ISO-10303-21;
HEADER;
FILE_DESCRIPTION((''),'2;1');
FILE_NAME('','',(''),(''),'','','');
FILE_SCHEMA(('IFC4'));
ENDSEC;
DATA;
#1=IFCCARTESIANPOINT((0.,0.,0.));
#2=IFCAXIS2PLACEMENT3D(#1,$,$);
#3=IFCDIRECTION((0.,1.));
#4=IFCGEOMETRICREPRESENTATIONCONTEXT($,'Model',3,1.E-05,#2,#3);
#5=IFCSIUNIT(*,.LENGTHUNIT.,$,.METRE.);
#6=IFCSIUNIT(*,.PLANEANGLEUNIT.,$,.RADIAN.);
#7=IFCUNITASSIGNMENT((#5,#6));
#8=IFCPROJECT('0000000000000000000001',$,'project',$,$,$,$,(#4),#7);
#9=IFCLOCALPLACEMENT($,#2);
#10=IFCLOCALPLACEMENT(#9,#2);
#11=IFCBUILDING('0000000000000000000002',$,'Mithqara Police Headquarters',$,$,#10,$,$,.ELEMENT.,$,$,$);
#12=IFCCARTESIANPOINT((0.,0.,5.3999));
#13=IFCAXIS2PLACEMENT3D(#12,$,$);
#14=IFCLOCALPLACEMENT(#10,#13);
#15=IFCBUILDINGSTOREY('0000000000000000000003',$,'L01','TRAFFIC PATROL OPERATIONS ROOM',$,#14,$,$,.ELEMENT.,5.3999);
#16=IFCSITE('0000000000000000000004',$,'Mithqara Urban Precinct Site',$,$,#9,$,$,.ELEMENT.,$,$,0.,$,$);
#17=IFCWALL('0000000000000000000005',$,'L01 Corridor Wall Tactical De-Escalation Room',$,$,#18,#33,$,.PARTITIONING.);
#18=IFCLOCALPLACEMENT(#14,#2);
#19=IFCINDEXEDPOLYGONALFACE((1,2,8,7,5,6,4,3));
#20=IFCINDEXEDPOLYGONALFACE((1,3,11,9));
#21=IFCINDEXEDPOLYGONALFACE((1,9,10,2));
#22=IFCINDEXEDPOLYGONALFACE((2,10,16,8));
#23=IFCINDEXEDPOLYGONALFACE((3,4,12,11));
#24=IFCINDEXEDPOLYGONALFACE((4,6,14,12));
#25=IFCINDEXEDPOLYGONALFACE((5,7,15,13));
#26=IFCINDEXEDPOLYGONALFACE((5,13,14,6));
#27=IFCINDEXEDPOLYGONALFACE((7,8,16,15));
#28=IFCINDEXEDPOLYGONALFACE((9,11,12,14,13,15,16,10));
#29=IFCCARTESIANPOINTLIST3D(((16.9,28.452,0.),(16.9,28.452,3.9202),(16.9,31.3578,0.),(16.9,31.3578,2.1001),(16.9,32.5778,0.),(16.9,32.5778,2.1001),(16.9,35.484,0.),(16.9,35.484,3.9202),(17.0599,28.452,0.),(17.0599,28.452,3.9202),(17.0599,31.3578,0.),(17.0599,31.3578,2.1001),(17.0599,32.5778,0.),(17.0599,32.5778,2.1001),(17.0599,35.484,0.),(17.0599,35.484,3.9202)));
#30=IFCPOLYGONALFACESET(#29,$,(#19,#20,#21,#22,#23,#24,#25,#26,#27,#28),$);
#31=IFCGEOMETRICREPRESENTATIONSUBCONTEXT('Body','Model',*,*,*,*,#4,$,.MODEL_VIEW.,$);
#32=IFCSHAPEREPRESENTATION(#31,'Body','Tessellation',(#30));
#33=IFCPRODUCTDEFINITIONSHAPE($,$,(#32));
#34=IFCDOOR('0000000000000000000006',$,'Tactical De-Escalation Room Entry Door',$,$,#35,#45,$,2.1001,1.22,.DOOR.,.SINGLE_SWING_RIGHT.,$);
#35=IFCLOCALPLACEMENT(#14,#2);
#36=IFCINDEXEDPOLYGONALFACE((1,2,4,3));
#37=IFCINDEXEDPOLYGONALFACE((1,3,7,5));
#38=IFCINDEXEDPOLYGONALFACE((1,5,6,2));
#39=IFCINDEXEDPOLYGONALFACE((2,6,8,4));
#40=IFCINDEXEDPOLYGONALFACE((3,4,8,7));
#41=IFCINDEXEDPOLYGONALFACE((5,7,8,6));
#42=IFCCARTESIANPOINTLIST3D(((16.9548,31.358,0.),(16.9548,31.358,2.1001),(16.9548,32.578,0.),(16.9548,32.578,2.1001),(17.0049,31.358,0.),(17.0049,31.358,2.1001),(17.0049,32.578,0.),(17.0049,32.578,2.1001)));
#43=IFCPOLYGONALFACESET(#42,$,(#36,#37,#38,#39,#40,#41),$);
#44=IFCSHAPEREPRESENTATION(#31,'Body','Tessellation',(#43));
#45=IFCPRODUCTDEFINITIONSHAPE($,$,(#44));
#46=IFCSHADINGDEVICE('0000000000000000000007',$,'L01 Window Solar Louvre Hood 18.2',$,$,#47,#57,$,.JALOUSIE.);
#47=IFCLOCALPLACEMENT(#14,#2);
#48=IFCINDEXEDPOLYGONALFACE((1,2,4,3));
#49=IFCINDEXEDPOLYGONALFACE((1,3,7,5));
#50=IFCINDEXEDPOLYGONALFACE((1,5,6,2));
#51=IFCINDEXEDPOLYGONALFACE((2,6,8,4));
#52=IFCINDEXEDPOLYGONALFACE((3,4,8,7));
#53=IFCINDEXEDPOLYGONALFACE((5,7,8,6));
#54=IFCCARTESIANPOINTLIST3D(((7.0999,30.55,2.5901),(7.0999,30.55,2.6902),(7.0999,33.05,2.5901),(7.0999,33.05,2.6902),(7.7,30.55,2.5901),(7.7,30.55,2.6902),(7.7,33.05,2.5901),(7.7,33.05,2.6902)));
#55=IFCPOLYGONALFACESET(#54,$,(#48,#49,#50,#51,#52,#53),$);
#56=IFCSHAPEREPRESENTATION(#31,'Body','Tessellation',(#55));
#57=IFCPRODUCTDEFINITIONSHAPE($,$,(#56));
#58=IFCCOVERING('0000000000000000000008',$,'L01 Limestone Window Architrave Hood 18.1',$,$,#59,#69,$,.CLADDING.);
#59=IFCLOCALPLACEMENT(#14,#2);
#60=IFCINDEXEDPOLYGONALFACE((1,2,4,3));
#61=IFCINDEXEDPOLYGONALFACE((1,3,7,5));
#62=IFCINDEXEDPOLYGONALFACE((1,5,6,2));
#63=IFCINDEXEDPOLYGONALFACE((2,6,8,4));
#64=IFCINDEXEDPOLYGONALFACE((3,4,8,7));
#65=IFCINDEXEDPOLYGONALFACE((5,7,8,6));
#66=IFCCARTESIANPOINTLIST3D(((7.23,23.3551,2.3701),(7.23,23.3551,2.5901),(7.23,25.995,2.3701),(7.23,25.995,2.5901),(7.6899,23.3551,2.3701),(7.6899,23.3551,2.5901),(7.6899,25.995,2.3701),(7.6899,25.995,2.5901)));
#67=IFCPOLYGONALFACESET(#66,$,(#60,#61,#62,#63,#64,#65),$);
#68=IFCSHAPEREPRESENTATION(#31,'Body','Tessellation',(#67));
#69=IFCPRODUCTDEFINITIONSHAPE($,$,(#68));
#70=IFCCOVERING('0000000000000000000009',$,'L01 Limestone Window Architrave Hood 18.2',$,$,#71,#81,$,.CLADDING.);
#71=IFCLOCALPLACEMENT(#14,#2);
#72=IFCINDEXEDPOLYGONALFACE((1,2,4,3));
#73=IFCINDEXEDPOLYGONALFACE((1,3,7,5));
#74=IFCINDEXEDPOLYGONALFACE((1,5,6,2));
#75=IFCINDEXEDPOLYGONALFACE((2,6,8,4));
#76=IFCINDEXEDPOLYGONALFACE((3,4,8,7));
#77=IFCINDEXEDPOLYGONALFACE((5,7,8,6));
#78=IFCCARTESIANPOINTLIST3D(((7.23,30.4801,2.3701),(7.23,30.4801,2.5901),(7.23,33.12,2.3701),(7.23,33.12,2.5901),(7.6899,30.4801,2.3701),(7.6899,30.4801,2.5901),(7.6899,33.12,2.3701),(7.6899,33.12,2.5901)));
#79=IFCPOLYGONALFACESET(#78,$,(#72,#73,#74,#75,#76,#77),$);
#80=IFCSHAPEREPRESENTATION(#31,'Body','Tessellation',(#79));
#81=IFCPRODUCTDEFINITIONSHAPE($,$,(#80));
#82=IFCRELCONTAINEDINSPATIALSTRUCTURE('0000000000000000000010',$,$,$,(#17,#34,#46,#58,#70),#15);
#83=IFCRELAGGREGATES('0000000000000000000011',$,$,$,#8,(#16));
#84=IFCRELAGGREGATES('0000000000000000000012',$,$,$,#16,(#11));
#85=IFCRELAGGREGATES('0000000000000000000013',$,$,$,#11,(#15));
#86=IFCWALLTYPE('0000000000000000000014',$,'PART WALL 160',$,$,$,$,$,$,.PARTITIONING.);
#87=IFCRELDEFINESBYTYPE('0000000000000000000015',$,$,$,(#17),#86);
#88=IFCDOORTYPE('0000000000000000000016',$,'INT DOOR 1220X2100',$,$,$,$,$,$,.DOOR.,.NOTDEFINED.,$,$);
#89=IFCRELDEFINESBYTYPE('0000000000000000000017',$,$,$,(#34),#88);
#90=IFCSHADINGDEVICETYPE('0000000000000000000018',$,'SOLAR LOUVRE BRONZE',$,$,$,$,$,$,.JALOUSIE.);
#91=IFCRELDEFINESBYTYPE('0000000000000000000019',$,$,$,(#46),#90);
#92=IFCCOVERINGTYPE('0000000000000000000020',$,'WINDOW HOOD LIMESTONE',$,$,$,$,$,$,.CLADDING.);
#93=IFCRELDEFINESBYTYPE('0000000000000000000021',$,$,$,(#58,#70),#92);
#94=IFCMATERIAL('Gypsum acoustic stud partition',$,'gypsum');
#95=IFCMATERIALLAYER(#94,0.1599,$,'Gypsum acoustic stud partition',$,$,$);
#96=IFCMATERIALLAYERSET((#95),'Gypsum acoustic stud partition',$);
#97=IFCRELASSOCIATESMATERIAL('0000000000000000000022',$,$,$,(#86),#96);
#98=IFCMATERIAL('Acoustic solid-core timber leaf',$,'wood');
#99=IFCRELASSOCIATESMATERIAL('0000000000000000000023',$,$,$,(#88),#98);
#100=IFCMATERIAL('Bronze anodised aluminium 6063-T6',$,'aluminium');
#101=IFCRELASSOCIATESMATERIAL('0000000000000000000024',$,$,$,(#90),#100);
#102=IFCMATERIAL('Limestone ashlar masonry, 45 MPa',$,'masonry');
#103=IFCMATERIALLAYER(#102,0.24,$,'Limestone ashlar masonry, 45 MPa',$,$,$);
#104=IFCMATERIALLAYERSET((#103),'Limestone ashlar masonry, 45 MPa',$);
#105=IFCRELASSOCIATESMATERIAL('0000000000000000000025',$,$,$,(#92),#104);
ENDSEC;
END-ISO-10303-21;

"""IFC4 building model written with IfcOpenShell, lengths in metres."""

from ifc_helpers import new_model, si_unit, direction, frame, frame_2d, origin, origin_2d, place, context, subcontext, project, spatial, rectangle, extrude, material, layer, layer_set, type_object, element, fill, save


model = new_model("IFC4")

# Units and contexts
model_context = context("Model", 3, precision=1e-05, world=origin(), true_north=direction((0.0, 1.0)))
body_context = subcontext(model_context, "Body", "Model", "MODEL_VIEW")
ifc_project = project(units=[si_unit("LENGTHUNIT", "METRE"), si_unit("PLANEANGLEUNIT", "RADIAN")], contexts=[model_context])

# Site, building, storey
site_placement = place(None, origin())
site = spatial("IfcSite", under=ifc_project, at=site_placement, Name="Mithqara Urban Precinct Site", CompositionType="ELEMENT", RefElevation=0.0)
building_placement = place(site_placement, origin())
building = spatial("IfcBuilding", under=site, at=building_placement, Name="Mithqara Police Headquarters", CompositionType="ELEMENT")
storey_placement = place(building_placement, frame((0.0, 0.0, 5.3999)))
storey = spatial("IfcBuildingStorey", under=building, at=storey_placement, Name="L01", Description="TRAFFIC PATROL OPERATIONS ROOM", CompositionType="ELEMENT", Elevation=5.3999)

# Shared definitions
ifc_material_1 = material(Name="Bronze anodised aluminium 6063-T6", Category="aluminium")

# Shared definitions
ifc_material_2 = material(Name="Limestone ashlar masonry, 45 MPa", Category="masonry")

# Shared definitions
ifc_material_3 = material(Name="Gypsum acoustic stud partition", Category="gypsum")
ifc_layer_1 = layer(ifc_material_3, 0.1599, Name="Gypsum acoustic stud partition")
ifc_layer_set_1 = layer_set([ifc_layer_1], Name="Gypsum acoustic stud partition")
wall_type_1 = type_object("IfcWallType", Name="PART WALL 160", PredefinedType="PARTITIONING", material=ifc_layer_set_1)
ifc_material_4 = material(Name="Acoustic solid-core timber leaf", Category="wood")

# Wall, opening, door
wall_1_placement = place(storey_placement, frame((16.98, 28.4519, 0.0), z_axis=(0.0, 0.0, 1.0), x_axis=(0.0, 1.0, 0.0)))
wall_1 = element("IfcWall", 1, at=wall_1_placement, inside=storey, type_object=wall_type_1, Name="L01 Corridor Wall Tactical De-Escalation Room", PredefinedType="PARTITIONING", context=body_context, shape_type="SweptSolid", body=[
    extrude(rectangle(XDim=7.032, YDim=0.1599, at=frame_2d((3.5161, 0.0))), origin(), (0.0, 0.0, 1.0), 3.9202),
])
opening_1_placement = place(wall_1_placement, frame((2.906, 0.0, 0.0)))
opening_1 = element("IfcOpeningElement", 2, at=opening_1_placement, cuts=wall_1, PredefinedType="OPENING", context=body_context, shape_type="SweptSolid", body=[
    extrude(rectangle(XDim=1.22, YDim=2.1001, at=frame_2d((0.6099, 1.05))), frame((0.0, 0.0898, 0.0), z_axis=(0.0, -1.0, 0.0), x_axis=(1.0, 0.0, 0.0)), (0.0, 0.0, 1.0), 0.1799),
])
door_type_1 = type_object("IfcDoorType", Name="INT DOOR 1220X2100", OperationType="NOTDEFINED", PredefinedType="DOOR", material=ifc_material_4)
door_1_placement = place(opening_1_placement, frame((1.22, 0.0, 0.0), z_axis=(0.0, 0.0, 1.0), x_axis=(-1.0, 0.0, 0.0)))
door_1 = element("IfcDoor", 3, at=door_1_placement, inside=storey, type_object=door_type_1, Name="Tactical De-Escalation Room Entry Door", OperationType="SINGLE_SWING_RIGHT", OverallHeight=2.1001, OverallWidth=1.22, PredefinedType="DOOR", context=body_context, shape_type="SweptSolid", body=[
    extrude(rectangle(XDim=1.22, YDim=2.1001, at=frame_2d((0.6099, 1.05))), frame((0.0, 0.0249, 0.0), z_axis=(0.0, -1.0, 0.0), x_axis=(1.0, 0.0, 0.0)), (0.0, 0.0, 1.0), 0.05),
])
fill(opening_1, door_1)

# Shading device
shading_device_type = type_object("IfcShadingDeviceType", Name="SOLAR LOUVRE BRONZE", PredefinedType="JALOUSIE", material=ifc_material_1)
shading_device_placement = place(storey_placement, frame((7.3999, 31.8, 2.5901), z_axis=(0.0, 0.0, 1.0), x_axis=(0.0, 1.0, 0.0)))
element("IfcShadingDevice", 4, at=shading_device_placement, inside=storey, type_object=shading_device_type, Name="L01 Window Solar Louvre Hood 18.2", PredefinedType="JALOUSIE", context=body_context, shape_type="SweptSolid", body=[
    extrude(rectangle(XDim=2.5, YDim=0.6001, at=origin_2d()), origin(), (0.0, 0.0, 1.0), 0.1001),
])

# Coverings
ifc_layer_2 = layer(ifc_material_2, 0.24, Name="Limestone ashlar masonry, 45 MPa")
ifc_layer_set_2 = layer_set([ifc_layer_2], Name="Limestone ashlar masonry, 45 MPa")
covering_type = type_object("IfcCoveringType", Name="WINDOW HOOD LIMESTONE", PredefinedType="CLADDING", material=ifc_layer_set_2)
for number, where, z_axis, x_axis, name in (
    (5, (7.46, 24.675, 2.3701), (0.0, 0.0, 1.0), (0.0, 1.0, 0.0), "L01 Limestone Window Architrave Hood 18.1"),
    (6, (7.46, 31.8, 2.3701), (0.0, 0.0, 1.0), (0.0, 1.0, 0.0), "L01 Limestone Window Architrave Hood 18.2"),
):
    element("IfcCovering", number, at=place(storey_placement, frame(where, z_axis=z_axis, x_axis=x_axis)), inside=storey, type_object=covering_type, Name=name, PredefinedType="CLADDING", context=body_context, shape_type="SweptSolid", body=[
        extrude(rectangle(XDim=2.6399, YDim=0.46, at=origin_2d()), origin(), (0.0, 0.0, 1.0), 0.22),
    ])

save(model, "model.ifc")
